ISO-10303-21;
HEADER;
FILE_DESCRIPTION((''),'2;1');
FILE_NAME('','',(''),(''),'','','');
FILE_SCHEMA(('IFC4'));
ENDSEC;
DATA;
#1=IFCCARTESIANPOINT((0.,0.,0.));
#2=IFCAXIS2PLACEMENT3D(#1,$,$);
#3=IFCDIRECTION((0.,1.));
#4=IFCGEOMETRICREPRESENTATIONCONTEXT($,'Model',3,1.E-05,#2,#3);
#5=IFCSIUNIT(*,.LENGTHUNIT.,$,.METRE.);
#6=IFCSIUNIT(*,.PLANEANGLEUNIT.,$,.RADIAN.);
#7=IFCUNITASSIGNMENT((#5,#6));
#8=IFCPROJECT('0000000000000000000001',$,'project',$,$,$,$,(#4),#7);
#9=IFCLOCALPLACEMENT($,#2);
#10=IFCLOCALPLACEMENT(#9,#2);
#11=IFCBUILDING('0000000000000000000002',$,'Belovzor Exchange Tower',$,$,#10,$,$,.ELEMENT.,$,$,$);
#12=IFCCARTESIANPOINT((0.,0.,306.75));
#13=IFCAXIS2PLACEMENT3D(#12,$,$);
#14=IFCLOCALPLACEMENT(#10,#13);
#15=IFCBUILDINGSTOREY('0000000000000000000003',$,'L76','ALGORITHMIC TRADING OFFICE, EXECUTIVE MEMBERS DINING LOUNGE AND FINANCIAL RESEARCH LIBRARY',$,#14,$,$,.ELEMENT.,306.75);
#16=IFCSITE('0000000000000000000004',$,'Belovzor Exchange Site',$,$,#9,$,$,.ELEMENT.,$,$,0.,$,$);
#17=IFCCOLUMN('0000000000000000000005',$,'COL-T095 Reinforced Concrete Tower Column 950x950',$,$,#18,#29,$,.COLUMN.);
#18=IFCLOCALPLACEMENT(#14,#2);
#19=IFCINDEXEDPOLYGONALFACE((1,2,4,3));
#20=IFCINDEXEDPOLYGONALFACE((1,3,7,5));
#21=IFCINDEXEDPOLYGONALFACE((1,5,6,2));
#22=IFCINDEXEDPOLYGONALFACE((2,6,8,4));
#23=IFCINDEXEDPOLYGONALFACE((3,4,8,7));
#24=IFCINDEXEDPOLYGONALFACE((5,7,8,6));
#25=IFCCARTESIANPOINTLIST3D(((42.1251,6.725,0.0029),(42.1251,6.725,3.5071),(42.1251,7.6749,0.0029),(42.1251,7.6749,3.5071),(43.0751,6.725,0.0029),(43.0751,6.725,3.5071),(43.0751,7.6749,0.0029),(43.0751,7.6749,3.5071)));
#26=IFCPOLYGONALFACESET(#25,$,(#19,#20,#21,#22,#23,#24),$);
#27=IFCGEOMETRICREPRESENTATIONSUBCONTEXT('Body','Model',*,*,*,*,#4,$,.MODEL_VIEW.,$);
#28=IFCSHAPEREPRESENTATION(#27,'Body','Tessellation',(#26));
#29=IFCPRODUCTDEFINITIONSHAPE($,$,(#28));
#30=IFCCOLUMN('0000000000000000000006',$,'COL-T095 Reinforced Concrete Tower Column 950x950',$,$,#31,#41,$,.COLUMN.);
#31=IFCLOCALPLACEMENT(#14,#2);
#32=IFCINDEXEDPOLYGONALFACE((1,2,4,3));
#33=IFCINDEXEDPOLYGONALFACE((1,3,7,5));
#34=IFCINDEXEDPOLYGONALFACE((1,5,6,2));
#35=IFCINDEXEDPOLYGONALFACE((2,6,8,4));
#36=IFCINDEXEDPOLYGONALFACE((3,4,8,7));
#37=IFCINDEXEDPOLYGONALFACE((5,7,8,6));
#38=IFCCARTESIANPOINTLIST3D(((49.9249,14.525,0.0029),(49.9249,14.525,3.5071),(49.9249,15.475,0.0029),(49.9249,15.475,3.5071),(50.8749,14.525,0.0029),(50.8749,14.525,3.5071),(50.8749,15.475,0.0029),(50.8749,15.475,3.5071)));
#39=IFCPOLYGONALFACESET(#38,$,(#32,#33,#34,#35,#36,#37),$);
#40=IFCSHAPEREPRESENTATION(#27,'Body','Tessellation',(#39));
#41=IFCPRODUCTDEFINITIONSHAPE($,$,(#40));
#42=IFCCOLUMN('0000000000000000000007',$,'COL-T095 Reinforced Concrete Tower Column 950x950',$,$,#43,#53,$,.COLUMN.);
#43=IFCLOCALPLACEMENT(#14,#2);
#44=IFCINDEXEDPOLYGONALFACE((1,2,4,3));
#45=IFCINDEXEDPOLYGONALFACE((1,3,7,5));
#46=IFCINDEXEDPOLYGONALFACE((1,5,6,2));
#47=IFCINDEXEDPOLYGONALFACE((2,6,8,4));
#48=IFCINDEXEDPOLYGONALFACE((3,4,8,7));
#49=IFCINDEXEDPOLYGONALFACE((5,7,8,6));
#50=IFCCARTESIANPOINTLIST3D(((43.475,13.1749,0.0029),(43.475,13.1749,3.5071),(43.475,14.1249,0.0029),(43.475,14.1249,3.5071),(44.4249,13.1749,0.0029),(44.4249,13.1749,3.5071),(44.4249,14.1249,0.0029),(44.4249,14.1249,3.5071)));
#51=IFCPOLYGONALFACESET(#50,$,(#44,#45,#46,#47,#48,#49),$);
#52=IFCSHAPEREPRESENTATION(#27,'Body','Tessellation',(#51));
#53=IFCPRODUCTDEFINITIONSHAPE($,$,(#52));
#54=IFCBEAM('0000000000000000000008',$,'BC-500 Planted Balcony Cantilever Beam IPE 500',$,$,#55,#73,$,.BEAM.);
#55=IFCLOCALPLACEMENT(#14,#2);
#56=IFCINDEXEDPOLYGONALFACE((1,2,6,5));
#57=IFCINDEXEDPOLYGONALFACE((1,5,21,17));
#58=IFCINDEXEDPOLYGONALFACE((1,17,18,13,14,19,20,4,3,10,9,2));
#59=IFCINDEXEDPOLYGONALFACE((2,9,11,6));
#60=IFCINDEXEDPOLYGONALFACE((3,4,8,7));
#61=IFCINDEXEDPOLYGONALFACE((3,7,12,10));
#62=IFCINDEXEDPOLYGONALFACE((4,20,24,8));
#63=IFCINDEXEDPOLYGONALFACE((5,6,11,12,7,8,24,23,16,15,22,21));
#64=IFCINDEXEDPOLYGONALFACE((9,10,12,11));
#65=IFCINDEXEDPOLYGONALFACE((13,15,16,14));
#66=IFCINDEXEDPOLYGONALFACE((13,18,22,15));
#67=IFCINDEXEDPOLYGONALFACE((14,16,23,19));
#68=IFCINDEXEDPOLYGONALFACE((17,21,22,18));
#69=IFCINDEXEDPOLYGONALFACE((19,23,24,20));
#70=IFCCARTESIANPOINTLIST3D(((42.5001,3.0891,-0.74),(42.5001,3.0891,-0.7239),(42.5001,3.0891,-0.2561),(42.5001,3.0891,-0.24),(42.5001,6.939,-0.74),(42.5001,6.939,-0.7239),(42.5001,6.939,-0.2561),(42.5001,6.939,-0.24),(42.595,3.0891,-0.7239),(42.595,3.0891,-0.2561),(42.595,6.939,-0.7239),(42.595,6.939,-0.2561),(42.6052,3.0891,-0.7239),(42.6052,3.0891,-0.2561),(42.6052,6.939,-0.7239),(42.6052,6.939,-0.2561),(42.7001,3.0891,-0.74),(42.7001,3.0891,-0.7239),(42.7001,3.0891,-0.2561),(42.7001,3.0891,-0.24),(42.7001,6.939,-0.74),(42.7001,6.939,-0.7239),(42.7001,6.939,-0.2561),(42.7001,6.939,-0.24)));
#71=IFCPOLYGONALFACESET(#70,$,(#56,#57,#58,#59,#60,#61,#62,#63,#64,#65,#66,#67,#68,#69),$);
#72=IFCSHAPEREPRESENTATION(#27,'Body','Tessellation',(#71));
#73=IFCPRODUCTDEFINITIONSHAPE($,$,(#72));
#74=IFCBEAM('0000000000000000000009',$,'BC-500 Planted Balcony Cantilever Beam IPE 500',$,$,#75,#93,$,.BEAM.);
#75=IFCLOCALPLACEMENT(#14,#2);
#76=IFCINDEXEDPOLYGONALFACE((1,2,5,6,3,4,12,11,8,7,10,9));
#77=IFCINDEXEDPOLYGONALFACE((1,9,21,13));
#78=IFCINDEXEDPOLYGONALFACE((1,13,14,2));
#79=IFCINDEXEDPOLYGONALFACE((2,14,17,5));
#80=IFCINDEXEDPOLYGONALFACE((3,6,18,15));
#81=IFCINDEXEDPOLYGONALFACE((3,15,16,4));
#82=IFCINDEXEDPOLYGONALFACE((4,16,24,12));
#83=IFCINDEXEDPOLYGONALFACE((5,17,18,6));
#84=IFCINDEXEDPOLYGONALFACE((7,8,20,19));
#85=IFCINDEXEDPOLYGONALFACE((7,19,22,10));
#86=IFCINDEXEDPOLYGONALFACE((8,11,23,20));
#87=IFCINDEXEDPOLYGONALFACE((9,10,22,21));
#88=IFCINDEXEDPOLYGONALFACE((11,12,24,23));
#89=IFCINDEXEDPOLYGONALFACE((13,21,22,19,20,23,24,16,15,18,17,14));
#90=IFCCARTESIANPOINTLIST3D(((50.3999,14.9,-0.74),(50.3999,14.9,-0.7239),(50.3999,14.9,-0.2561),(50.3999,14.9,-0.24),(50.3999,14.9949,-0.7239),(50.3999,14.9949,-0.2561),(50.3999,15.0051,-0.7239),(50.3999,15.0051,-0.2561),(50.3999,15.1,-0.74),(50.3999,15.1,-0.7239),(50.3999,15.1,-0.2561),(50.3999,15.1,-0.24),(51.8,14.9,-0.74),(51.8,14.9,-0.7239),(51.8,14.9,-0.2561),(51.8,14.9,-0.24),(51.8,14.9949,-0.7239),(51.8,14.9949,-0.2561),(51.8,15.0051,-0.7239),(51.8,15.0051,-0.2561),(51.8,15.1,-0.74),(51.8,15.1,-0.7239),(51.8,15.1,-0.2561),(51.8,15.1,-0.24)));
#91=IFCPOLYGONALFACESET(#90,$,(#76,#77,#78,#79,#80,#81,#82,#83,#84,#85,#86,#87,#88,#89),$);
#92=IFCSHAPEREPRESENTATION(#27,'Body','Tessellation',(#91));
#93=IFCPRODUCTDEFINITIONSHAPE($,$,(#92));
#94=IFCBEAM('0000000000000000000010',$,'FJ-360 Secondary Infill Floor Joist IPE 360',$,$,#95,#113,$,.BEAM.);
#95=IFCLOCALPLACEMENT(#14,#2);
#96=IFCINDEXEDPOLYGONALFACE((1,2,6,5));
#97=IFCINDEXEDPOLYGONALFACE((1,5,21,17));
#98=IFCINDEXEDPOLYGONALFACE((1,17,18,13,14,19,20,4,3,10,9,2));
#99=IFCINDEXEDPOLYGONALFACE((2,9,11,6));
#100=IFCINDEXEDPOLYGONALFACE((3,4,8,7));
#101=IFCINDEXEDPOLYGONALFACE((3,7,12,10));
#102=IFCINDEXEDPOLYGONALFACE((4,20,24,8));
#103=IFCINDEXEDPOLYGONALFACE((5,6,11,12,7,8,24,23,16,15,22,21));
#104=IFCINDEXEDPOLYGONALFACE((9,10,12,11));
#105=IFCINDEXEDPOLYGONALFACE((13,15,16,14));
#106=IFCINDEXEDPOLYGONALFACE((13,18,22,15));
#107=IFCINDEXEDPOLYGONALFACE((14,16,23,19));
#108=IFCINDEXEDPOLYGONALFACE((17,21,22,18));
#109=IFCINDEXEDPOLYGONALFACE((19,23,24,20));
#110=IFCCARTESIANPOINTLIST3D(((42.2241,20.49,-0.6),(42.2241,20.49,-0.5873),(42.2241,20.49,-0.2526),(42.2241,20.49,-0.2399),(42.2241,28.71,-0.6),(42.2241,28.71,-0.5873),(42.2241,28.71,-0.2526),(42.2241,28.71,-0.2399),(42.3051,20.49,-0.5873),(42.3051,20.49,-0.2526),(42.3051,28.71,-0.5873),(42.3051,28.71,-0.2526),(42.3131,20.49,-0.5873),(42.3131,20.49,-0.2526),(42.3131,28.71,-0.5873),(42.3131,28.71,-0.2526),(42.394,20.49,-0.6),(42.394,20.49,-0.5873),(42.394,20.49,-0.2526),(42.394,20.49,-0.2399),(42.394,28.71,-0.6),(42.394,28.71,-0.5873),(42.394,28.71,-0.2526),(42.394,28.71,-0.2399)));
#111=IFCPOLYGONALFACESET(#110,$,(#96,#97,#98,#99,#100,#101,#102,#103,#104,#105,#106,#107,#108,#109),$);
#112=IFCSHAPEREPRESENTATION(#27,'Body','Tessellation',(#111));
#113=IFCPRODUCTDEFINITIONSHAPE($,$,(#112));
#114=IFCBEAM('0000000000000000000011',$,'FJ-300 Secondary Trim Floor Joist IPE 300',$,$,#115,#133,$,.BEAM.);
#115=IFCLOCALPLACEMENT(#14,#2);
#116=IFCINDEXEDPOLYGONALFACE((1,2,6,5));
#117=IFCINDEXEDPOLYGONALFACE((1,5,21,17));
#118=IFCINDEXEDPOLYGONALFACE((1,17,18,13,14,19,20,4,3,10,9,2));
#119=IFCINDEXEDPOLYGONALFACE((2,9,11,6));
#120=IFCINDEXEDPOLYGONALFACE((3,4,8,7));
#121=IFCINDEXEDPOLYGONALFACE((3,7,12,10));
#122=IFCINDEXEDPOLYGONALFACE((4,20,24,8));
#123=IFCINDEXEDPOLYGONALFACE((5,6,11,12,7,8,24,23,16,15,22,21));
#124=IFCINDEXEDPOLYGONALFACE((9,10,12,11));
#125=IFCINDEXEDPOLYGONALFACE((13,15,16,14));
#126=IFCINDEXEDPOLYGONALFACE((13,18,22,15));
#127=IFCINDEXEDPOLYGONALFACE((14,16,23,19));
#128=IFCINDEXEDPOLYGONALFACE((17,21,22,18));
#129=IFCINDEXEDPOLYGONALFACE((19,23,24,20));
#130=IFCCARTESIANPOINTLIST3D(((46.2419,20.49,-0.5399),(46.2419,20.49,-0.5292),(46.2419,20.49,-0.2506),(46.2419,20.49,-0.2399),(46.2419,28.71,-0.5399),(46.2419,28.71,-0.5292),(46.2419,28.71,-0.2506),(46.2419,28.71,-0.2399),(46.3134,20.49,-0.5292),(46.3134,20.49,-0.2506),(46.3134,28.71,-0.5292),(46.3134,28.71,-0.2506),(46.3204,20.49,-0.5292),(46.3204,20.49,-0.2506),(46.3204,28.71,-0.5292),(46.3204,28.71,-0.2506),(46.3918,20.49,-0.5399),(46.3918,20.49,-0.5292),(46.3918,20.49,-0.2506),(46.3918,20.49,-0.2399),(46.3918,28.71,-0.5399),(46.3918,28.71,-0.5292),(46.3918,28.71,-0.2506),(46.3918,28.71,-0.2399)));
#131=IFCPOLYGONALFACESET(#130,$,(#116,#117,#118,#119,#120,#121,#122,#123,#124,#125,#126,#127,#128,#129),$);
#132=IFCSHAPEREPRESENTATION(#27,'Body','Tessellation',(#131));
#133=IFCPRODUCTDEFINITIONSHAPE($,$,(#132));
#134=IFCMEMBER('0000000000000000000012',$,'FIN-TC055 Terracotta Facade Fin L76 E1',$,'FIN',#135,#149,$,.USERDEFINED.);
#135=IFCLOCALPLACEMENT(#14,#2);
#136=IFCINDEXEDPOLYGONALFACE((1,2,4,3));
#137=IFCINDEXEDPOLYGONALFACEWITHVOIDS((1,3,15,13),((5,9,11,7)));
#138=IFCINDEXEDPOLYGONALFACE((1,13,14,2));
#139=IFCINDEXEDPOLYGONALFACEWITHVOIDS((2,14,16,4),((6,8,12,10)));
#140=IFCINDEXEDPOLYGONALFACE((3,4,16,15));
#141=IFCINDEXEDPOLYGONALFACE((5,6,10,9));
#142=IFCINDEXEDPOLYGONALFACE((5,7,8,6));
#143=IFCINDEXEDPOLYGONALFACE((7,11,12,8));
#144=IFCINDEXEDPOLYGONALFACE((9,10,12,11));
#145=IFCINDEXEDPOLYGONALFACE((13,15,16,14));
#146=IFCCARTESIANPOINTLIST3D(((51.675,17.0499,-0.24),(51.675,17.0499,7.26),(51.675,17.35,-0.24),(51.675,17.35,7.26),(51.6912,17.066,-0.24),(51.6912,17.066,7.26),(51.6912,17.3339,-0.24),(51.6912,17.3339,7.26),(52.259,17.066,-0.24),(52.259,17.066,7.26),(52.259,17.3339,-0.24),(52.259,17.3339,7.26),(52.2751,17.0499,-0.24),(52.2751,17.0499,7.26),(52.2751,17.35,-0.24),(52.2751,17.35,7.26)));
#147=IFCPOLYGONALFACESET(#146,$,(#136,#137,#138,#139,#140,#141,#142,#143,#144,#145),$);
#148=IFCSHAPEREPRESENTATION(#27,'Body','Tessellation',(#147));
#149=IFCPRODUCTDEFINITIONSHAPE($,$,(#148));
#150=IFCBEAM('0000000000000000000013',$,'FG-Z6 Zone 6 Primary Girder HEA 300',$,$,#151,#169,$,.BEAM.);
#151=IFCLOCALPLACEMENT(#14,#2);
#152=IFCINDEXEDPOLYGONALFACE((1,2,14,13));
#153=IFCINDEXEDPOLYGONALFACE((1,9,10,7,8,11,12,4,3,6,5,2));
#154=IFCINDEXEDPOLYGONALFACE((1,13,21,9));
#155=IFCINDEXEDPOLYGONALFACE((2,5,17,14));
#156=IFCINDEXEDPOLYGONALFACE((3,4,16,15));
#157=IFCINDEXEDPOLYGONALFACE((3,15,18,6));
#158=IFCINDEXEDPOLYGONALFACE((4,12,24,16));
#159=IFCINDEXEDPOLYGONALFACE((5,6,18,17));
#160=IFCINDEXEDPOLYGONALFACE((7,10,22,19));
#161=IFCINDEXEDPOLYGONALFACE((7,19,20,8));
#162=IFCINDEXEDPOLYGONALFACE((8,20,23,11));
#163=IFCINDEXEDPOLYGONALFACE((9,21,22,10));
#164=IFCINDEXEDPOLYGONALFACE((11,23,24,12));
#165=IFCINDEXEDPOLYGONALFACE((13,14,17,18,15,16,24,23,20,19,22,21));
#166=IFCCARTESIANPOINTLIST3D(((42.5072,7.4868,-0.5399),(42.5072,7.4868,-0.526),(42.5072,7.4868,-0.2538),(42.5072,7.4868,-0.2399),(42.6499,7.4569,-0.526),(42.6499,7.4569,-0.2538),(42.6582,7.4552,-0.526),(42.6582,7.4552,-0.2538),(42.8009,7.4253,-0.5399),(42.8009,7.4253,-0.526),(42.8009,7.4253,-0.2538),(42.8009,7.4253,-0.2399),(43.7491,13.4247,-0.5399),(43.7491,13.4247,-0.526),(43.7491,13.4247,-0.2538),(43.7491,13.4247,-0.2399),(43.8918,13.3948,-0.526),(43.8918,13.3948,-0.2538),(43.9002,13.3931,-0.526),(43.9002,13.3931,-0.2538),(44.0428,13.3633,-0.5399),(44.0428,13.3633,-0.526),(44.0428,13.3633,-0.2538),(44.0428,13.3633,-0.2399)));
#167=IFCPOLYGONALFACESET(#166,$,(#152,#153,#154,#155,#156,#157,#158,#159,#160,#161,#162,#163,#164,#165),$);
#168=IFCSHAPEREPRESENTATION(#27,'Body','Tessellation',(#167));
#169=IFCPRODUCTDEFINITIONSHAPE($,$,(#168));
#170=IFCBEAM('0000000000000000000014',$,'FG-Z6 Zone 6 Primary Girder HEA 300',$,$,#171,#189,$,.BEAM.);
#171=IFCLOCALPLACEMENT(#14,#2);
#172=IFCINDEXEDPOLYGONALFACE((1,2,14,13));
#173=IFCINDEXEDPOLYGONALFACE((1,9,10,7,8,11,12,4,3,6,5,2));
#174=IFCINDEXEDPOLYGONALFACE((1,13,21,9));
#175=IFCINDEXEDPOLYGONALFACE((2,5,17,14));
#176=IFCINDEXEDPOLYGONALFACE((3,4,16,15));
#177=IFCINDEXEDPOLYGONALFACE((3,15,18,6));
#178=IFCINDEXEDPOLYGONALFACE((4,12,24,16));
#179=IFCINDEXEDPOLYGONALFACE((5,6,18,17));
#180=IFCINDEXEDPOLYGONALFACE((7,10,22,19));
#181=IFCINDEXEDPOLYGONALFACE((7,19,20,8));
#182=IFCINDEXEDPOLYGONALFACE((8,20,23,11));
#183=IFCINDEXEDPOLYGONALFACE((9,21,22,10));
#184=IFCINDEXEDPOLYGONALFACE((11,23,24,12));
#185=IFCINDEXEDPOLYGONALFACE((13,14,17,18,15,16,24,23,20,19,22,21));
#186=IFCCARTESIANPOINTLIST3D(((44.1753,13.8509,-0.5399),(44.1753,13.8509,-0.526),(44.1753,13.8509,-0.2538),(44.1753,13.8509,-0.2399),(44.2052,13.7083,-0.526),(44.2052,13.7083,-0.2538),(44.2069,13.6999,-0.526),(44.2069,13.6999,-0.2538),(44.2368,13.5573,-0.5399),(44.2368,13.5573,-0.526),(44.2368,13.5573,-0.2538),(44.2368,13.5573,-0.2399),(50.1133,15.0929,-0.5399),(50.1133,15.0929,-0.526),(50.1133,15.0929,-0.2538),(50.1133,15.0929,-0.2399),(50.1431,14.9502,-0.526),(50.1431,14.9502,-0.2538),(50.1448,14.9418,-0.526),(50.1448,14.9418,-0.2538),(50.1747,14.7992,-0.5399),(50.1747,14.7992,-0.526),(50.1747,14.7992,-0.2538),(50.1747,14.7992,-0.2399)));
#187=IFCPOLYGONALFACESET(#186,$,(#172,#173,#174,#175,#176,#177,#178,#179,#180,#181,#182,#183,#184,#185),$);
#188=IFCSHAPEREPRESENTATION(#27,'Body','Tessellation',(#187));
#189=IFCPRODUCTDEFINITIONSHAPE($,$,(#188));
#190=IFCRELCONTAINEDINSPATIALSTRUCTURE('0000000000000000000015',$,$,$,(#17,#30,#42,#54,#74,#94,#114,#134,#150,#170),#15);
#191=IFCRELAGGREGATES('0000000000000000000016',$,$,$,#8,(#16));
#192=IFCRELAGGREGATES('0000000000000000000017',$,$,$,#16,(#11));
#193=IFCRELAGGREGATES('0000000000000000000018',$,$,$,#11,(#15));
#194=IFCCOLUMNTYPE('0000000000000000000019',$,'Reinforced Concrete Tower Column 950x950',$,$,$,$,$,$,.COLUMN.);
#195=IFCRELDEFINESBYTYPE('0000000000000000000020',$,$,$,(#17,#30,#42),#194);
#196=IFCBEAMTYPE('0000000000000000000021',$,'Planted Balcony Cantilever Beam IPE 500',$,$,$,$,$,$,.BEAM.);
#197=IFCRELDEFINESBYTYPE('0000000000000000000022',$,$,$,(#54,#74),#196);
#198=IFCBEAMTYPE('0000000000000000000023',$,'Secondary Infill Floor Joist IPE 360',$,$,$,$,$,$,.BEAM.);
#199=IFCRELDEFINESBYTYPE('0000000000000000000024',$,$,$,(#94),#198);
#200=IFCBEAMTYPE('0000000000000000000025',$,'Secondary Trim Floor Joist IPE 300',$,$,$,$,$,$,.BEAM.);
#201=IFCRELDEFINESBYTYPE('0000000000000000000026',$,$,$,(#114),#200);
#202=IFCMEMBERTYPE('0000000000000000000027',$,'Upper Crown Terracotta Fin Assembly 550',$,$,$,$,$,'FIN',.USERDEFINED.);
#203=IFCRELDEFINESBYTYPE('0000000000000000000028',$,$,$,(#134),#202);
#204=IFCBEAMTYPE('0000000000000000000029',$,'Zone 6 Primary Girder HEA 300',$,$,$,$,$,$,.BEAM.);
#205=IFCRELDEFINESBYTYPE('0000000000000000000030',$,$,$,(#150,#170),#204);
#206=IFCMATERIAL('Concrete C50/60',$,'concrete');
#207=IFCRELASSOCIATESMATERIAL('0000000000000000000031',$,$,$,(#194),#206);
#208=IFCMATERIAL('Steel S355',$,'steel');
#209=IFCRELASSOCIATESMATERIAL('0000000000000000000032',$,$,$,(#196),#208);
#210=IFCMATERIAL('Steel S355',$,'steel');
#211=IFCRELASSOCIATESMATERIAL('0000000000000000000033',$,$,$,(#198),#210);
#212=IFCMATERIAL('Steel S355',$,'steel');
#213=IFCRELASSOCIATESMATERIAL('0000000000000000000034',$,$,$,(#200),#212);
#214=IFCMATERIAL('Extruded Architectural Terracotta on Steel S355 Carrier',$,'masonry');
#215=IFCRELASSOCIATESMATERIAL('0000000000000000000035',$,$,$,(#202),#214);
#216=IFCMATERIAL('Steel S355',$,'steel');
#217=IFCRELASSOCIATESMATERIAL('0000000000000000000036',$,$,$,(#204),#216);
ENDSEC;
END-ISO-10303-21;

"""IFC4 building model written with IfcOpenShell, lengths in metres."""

from ifc_helpers import new_model, si_unit, direction, frame, origin, origin_2d, place, context, subcontext, project, spatial, rectangle, hollow_rectangle, i_section, extrude, material, material_profile, profile_set, type_object, element, save


model = new_model("IFC4")

# Units and contexts
model_context = context("Model", 3, precision=1e-05, world=origin(), true_north=direction((0.0, 1.0)))
body_context = subcontext(model_context, "Body", "Model", "MODEL_VIEW")
ifc_project = project(units=[si_unit("LENGTHUNIT", "METRE"), si_unit("PLANEANGLEUNIT", "RADIAN")], contexts=[model_context])

# Site, building, storey
site_placement = place(None, origin())
site = spatial("IfcSite", under=ifc_project, at=site_placement, Name="Belovzor Exchange Site", CompositionType="ELEMENT", RefElevation=0.0)
building_placement = place(site_placement, origin())
building = spatial("IfcBuilding", under=site, at=building_placement, Name="Belovzor Exchange Tower", CompositionType="ELEMENT")
storey_placement = place(building_placement, frame((0.0, 0.0, 306.75)))
storey = spatial("IfcBuildingStorey", under=building, at=storey_placement, Name="L76", Description="ALGORITHMIC TRADING OFFICE, EXECUTIVE MEMBERS DINING LOUNGE AND FINANCIAL RESEARCH LIBRARY", CompositionType="ELEMENT", Elevation=306.75)

# Columns
ifc_material_1 = material(Name="Concrete C50/60", Category="concrete")
ifc_material_profile_1 = material_profile(ifc_material_1, rectangle(XDim=0.95, YDim=0.95, at=origin_2d()))
ifc_profile_set_1 = profile_set([ifc_material_profile_1], Name="Concrete C50/60")
column_type = type_object("IfcColumnType", Name="Reinforced Concrete Tower Column 950x950", PredefinedType="COLUMN", material=ifc_profile_set_1)
for number, where, z_axis, x_axis, name in (
    (1, (42.6001, 7.2, 0.0029), (0.0, 0.0, 1.0), (1.0, 0.0, 0.0), "COL-T095 Reinforced Concrete Tower Column 950x950"),
    (2, (50.3999, 15.0, 0.0029), (0.0, 0.0, 1.0), (1.0, 0.0, 0.0), "COL-T095 Reinforced Concrete Tower Column 950x950"),
    (3, (43.95, 13.6499, 0.0029), (0.0, 0.0, 1.0), (1.0, 0.0, 0.0), "COL-T095 Reinforced Concrete Tower Column 950x950"),
):
    element("IfcColumn", number, at=place(storey_placement, frame(where, z_axis=z_axis, x_axis=x_axis)), inside=storey, type_object=column_type, Name=name, PredefinedType="COLUMN", context=body_context, shape_type="SweptSolid", body=[
        extrude(rectangle(XDim=0.95, YDim=0.95, at=origin_2d()), origin(), (0.0, 0.0, 1.0), 3.5042),
    ])

# Beams
ifc_material_2 = material(Name="Steel S355", Category="steel")
ifc_material_profile_2 = material_profile(ifc_material_2, i_section(OverallWidth=0.2, OverallDepth=0.5, WebThickness=0.0103, FlangeThickness=0.0161, at=origin_2d()))
ifc_profile_set_2 = profile_set([ifc_material_profile_2], Name="Steel S355")
beam_type_1 = type_object("IfcBeamType", Name="Planted Balcony Cantilever Beam IPE 500", PredefinedType="BEAM", material=ifc_profile_set_2)
beam_1_placement = place(storey_placement, frame((42.6001, 6.939, -0.49), z_axis=(0.0, -1.0, 0.0), x_axis=(1.0, 0.0, 0.0)))
element("IfcBeam", 4, at=beam_1_placement, inside=storey, type_object=beam_type_1, Name="BC-500 Planted Balcony Cantilever Beam IPE 500", PredefinedType="BEAM", context=body_context, shape_type="SweptSolid", body=[
    extrude(i_section(OverallWidth=0.2, OverallDepth=0.5, WebThickness=0.0103, FlangeThickness=0.0161, at=origin_2d()), origin(), (0.0, 0.0, 1.0), 3.8499),
])
beam_2_placement = place(storey_placement, frame((50.3999, 15.0, -0.49), z_axis=(1.0, 0.0, 0.0), x_axis=(0.0, 1.0, 0.0)))
element("IfcBeam", 5, at=beam_2_placement, inside=storey, type_object=beam_type_1, Name="BC-500 Planted Balcony Cantilever Beam IPE 500", PredefinedType="BEAM", context=body_context, shape_type="SweptSolid", body=[
    extrude(i_section(OverallWidth=0.2, OverallDepth=0.5, WebThickness=0.0103, FlangeThickness=0.0161, at=origin_2d()), origin(), (0.0, 0.0, 1.0), 1.4001),
])
ifc_material_3 = material(Name="Steel S355", Category="steel")
ifc_material_profile_3 = material_profile(ifc_material_3, i_section(OverallWidth=0.1699, OverallDepth=0.3601, WebThickness=0.0081, FlangeThickness=0.0127, at=origin_2d()))
ifc_profile_set_3 = profile_set([ifc_material_profile_3], Name="Steel S355")
beam_type_2 = type_object("IfcBeamType", Name="Secondary Infill Floor Joist IPE 360", PredefinedType="BEAM", material=ifc_profile_set_3)
beam_3_placement = place(storey_placement, frame((42.3091, 20.49, -0.4199), z_axis=(0.0, 1.0, 0.0), x_axis=(-1.0, 0.0, 0.0)))
element("IfcBeam", 6, at=beam_3_placement, inside=storey, type_object=beam_type_2, Name="FJ-360 Secondary Infill Floor Joist IPE 360", PredefinedType="BEAM", context=body_context, shape_type="SweptSolid", body=[
    extrude(i_section(OverallWidth=0.1699, OverallDepth=0.3601, WebThickness=0.0081, FlangeThickness=0.0127, at=origin_2d()), origin(), (0.0, 0.0, 1.0), 8.22),
])
ifc_material_4 = material(Name="Steel S355", Category="steel")
ifc_material_profile_4 = material_profile(ifc_material_4, i_section(OverallWidth=0.1499, OverallDepth=0.3, WebThickness=0.0071, FlangeThickness=0.0107, at=origin_2d()))
ifc_profile_set_4 = profile_set([ifc_material_profile_4], Name="Steel S355")
beam_type_3 = type_object("IfcBeamType", Name="Secondary Trim Floor Joist IPE 300", PredefinedType="BEAM", material=ifc_profile_set_4)
beam_4_placement = place(storey_placement, frame((46.3169, 20.49, -0.3899), z_axis=(0.0, 1.0, 0.0), x_axis=(-1.0, 0.0, 0.0)))
element("IfcBeam", 7, at=beam_4_placement, inside=storey, type_object=beam_type_3, Name="FJ-300 Secondary Trim Floor Joist IPE 300", PredefinedType="BEAM", context=body_context, shape_type="SweptSolid", body=[
    extrude(i_section(OverallWidth=0.1499, OverallDepth=0.3, WebThickness=0.0071, FlangeThickness=0.0107, at=origin_2d()), origin(), (0.0, 0.0, 1.0), 8.22),
])

# Member
ifc_material_5 = material(Name="Extruded Architectural Terracotta on Steel S355 Carrier", Category="masonry")
ifc_material_profile_5 = material_profile(ifc_material_5, hollow_rectangle(XDim=0.3, YDim=0.6001, WallThickness=0.0161, at=origin_2d()))
ifc_profile_set_5 = profile_set([ifc_material_profile_5], Name="Extruded Architectural Terracotta on Steel S355 Carrier")
member_type = type_object("IfcMemberType", Name="Upper Crown Terracotta Fin Assembly 550", ElementType="FIN", PredefinedType="USERDEFINED", material=ifc_profile_set_5)
member_placement = place(storey_placement, frame((51.9751, 17.2, -0.24), z_axis=(0.0, 0.0, 1.0), x_axis=(0.0, 1.0, 0.0)))
element("IfcMember", 8, at=member_placement, inside=storey, type_object=member_type, Name="FIN-TC055 Terracotta Facade Fin L76 E1", ObjectType="FIN", PredefinedType="USERDEFINED", context=body_context, shape_type="SweptSolid", body=[
    extrude(hollow_rectangle(XDim=0.3, YDim=0.6001, WallThickness=0.0161, at=origin_2d()), origin(), (0.0, 0.0, 1.0), 7.5),
])

# Beams
ifc_material_6 = material(Name="Steel S355", Category="steel")
ifc_material_profile_6 = material_profile(ifc_material_6, i_section(OverallWidth=0.3, OverallDepth=0.3, WebThickness=0.0085, FlangeThickness=0.0139, at=origin_2d()))
ifc_profile_set_6 = profile_set([ifc_material_profile_6], Name="Steel S355")
beam_type_4 = type_object("IfcBeamType", Name="Zone 6 Primary Girder HEA 300", PredefinedType="BEAM", material=ifc_profile_set_6)
for number, where, z_axis, x_axis, name in (
    (9, (42.6541, 7.4561, -0.3899), (0.204722, 0.97882, 0.0), (-0.97882, 0.204722, 0.0), "FG-Z6 Zone 6 Primary Girder HEA 300"),
    (10, (44.2061, 13.7041, -0.3899), (0.97882, 0.204722, 0.0), (-0.204722, 0.97882, 0.0), "FG-Z6 Zone 6 Primary Girder HEA 300"),
):
    element("IfcBeam", number, at=place(storey_placement, frame(where, z_axis=z_axis, x_axis=x_axis)), inside=storey, type_object=beam_type_4, Name=name, PredefinedType="BEAM", context=body_context, shape_type="SweptSolid", body=[
        extrude(i_section(OverallWidth=0.3, OverallDepth=0.3, WebThickness=0.0085, FlangeThickness=0.0139, at=origin_2d()), origin(), (0.0, 0.0, 1.0), 6.0664),
    ])

save(model, "model.ifc")
